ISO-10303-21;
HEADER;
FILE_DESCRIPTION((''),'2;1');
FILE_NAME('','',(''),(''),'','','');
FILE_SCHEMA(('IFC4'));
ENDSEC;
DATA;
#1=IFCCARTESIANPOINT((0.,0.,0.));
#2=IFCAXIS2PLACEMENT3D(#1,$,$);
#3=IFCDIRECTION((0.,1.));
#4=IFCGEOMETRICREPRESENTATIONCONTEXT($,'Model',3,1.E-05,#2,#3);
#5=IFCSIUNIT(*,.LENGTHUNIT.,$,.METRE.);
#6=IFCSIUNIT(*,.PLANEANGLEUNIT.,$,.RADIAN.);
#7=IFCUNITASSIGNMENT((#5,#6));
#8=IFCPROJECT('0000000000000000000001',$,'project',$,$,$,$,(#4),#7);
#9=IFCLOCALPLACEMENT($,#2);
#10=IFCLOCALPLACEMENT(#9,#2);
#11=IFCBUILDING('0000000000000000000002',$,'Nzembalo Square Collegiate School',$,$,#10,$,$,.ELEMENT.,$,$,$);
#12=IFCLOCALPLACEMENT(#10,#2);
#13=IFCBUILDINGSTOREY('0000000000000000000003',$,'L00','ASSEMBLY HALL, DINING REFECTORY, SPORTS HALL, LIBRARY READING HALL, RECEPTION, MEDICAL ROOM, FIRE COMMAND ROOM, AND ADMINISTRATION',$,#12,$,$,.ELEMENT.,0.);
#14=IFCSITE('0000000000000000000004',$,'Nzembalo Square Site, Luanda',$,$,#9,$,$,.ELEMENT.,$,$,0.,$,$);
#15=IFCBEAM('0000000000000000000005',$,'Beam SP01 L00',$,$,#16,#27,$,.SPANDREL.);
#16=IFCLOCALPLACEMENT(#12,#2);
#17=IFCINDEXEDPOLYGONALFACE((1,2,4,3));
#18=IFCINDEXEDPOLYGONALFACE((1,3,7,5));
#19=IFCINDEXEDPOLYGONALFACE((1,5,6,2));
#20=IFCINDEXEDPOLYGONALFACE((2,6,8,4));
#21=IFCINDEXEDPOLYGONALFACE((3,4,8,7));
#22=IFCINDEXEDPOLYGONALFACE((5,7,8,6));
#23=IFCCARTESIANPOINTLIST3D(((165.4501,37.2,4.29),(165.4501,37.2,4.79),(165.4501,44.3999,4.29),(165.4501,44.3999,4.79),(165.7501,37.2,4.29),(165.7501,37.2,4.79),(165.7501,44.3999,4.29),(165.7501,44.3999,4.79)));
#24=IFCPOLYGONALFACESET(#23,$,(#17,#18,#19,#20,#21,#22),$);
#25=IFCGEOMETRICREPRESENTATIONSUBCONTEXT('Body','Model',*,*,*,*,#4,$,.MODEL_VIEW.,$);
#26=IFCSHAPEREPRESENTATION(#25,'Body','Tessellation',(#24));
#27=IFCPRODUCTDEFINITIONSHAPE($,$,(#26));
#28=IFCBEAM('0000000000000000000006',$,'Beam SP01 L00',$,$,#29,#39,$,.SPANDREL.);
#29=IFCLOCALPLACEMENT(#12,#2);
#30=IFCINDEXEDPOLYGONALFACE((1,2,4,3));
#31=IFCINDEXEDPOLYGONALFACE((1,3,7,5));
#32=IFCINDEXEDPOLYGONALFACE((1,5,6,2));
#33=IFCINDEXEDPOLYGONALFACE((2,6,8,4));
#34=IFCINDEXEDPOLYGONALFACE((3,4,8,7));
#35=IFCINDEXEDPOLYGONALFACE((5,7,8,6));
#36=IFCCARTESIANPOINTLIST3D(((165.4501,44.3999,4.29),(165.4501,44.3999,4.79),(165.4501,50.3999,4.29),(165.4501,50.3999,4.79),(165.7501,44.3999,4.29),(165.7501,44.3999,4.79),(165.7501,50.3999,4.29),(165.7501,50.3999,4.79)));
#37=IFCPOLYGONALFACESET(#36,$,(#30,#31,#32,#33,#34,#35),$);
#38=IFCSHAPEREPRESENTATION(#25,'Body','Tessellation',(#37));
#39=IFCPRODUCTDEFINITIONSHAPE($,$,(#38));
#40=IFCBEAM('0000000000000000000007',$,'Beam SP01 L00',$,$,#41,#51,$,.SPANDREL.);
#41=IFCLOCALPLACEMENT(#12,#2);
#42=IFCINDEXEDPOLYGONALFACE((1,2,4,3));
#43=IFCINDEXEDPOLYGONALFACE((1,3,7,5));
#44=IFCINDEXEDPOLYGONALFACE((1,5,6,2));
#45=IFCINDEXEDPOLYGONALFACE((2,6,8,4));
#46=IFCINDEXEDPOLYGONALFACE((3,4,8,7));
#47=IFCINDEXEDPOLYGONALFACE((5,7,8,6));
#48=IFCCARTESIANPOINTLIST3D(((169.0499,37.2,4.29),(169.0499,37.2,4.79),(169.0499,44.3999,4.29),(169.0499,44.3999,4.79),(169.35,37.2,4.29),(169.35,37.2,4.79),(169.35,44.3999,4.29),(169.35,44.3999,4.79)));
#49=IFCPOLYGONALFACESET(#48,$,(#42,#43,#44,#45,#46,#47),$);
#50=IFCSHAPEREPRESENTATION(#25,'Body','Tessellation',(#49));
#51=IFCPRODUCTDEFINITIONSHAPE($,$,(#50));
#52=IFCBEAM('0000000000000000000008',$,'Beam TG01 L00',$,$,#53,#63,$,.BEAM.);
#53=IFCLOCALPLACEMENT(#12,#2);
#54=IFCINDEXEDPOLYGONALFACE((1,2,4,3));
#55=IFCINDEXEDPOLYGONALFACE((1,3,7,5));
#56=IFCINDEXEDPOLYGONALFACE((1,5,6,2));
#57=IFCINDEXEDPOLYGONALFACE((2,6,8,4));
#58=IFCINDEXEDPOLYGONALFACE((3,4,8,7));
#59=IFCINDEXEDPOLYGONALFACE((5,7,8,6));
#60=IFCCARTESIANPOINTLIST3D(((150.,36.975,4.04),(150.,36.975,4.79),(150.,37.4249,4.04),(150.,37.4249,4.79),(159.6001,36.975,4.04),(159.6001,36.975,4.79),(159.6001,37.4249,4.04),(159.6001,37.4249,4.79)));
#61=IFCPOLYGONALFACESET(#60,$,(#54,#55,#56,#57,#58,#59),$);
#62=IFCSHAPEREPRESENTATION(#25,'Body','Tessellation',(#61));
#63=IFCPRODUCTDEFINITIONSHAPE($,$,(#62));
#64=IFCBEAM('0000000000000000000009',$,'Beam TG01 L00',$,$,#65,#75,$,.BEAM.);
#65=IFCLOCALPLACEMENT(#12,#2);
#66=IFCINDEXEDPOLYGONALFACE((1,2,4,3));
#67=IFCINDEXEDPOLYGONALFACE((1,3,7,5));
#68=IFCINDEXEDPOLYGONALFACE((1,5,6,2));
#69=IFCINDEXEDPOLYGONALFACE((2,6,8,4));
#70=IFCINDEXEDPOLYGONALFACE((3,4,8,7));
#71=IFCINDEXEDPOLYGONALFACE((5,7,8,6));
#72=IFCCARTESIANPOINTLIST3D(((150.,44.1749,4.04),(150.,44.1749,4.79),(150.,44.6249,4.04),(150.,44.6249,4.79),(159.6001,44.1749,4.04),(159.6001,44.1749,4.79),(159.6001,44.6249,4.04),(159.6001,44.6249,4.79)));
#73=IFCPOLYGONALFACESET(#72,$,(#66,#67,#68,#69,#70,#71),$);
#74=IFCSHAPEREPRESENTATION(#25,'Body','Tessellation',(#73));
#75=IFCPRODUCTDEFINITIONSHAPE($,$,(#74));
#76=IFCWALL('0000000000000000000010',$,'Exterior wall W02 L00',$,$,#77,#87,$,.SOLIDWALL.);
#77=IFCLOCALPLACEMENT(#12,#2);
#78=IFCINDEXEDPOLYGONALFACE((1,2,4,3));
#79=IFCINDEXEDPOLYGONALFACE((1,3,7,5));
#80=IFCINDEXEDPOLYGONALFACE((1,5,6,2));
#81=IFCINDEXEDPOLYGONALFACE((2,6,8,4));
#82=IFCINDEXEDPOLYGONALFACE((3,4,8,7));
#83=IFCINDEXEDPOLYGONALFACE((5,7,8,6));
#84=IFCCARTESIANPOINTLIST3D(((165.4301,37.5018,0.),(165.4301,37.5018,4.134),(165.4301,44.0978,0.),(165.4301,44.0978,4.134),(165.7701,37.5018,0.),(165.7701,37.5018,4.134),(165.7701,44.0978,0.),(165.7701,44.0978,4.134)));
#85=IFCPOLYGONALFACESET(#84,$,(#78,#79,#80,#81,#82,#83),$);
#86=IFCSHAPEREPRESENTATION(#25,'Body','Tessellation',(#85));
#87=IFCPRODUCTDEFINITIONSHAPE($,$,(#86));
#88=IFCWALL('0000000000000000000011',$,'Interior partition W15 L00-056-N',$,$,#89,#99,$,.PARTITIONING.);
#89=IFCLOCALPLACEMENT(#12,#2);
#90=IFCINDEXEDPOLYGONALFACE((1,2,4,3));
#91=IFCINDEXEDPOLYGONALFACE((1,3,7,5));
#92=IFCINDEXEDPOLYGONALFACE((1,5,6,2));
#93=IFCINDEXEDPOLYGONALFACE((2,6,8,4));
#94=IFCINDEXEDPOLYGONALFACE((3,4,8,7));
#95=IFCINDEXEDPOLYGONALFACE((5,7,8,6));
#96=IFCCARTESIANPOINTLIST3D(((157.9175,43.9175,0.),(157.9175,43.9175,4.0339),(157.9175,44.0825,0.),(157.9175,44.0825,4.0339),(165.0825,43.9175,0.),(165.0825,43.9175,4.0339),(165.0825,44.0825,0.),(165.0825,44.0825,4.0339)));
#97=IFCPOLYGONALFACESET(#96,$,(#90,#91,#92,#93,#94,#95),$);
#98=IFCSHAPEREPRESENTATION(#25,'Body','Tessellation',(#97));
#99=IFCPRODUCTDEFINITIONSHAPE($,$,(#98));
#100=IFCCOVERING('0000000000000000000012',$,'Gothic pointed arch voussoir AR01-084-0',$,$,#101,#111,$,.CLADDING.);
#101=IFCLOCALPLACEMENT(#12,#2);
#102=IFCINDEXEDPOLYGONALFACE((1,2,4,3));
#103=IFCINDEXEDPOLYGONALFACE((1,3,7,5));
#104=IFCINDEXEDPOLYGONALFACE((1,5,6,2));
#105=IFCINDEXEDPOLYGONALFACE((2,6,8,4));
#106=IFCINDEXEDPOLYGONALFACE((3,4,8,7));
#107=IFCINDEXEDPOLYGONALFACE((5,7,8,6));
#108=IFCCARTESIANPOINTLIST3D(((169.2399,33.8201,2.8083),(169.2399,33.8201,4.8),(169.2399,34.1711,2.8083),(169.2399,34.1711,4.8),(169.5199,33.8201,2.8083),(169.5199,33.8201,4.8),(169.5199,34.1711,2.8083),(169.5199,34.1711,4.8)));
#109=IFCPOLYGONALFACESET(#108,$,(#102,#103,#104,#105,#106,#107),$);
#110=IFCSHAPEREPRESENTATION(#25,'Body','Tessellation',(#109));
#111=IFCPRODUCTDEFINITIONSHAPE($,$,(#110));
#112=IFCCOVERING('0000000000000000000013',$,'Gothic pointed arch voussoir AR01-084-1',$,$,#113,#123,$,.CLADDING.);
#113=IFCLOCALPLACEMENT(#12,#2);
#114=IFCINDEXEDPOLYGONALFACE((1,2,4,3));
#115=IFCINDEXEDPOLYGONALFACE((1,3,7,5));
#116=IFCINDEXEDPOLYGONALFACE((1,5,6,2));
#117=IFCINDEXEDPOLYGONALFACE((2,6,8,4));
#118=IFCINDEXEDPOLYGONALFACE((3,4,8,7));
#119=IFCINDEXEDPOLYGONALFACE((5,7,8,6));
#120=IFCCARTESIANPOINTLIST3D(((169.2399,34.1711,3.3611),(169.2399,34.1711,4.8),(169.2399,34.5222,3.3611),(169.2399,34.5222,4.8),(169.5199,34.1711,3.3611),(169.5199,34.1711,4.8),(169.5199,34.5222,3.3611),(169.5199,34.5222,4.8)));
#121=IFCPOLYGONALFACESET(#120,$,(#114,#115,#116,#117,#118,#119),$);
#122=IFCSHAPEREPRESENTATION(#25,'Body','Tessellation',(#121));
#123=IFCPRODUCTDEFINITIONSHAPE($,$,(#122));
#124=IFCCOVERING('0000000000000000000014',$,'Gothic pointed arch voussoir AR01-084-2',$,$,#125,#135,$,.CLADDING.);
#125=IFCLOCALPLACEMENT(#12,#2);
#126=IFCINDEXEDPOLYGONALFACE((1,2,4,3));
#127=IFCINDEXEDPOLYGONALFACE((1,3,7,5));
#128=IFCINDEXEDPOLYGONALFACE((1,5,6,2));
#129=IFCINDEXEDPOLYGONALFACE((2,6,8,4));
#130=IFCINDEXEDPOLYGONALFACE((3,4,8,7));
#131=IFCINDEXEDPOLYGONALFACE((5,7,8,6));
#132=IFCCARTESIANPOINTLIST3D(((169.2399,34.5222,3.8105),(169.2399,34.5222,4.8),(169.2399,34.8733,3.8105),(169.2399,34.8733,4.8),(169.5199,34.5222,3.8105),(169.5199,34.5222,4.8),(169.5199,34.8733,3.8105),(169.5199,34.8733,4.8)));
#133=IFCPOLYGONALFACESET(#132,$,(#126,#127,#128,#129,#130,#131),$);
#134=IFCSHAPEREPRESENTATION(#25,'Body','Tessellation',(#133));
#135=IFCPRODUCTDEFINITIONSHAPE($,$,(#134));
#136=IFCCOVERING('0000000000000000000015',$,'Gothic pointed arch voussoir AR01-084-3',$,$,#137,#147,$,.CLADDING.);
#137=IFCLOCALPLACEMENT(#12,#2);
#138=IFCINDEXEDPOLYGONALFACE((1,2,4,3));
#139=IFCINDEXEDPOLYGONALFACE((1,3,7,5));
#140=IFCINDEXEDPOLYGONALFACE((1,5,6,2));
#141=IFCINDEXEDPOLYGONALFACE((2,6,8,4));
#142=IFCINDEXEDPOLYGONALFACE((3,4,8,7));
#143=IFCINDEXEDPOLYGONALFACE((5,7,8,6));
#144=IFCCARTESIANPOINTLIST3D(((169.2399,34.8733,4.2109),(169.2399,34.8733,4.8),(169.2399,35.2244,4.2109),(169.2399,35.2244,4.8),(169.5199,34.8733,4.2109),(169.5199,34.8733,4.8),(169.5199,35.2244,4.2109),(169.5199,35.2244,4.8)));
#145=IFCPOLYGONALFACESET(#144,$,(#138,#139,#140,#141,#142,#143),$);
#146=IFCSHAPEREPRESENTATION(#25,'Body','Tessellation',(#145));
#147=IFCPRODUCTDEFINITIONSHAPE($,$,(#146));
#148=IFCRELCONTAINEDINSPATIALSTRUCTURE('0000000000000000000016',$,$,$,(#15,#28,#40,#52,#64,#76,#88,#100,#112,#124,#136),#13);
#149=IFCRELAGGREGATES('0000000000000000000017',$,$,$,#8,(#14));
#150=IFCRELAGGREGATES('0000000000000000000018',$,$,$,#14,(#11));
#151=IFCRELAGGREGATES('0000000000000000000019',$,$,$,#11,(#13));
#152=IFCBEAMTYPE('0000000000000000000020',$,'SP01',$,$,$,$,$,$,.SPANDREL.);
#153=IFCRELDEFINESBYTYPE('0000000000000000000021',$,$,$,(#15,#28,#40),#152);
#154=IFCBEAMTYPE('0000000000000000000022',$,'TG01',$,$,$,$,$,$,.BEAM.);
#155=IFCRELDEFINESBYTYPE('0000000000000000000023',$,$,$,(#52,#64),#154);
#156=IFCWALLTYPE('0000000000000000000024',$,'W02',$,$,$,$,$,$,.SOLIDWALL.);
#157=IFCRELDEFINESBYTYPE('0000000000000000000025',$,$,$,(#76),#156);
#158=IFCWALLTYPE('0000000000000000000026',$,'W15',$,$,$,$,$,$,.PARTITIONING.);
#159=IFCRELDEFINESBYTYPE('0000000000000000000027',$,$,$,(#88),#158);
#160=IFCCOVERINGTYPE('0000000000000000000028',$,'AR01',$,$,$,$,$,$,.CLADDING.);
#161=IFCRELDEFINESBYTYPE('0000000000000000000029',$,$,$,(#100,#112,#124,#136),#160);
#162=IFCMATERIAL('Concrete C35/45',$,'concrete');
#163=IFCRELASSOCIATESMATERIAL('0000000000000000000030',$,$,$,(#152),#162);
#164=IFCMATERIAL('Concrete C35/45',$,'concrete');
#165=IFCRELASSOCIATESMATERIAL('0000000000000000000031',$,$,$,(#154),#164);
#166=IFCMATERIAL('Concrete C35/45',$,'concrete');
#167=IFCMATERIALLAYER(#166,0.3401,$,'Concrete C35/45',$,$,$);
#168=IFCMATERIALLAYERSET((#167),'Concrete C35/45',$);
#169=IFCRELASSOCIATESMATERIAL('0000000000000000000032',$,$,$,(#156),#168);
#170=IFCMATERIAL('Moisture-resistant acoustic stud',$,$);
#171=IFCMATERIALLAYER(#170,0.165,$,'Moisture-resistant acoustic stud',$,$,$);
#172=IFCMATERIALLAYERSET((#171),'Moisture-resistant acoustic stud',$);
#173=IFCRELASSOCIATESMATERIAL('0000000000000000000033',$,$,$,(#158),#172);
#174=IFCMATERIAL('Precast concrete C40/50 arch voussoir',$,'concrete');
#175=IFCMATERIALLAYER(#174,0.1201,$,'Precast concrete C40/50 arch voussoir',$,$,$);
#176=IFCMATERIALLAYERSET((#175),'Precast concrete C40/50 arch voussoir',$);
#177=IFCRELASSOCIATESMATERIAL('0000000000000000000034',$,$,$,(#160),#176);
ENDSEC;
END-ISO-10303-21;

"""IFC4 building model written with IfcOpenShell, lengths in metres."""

from ifc_helpers import new_model, si_unit, direction, frame, frame_2d, origin, origin_2d, place, context, subcontext, project, spatial, rectangle, extrude, material, layer, layer_set, material_profile, profile_set, type_object, element, save


model = new_model("IFC4")

# Units and contexts
model_context = context("Model", 3, precision=1e-05, world=origin(), true_north=direction((0.0, 1.0)))
body_context = subcontext(model_context, "Body", "Model", "MODEL_VIEW")
ifc_project = project(units=[si_unit("LENGTHUNIT", "METRE"), si_unit("PLANEANGLEUNIT", "RADIAN")], contexts=[model_context])

# Site, building, storey
site_placement = place(None, origin())
site = spatial("IfcSite", under=ifc_project, at=site_placement, Name="Nzembalo Square Site, Luanda", CompositionType="ELEMENT", RefElevation=0.0)
building_placement = place(site_placement, origin())
building = spatial("IfcBuilding", under=site, at=building_placement, Name="Nzembalo Square Collegiate School", CompositionType="ELEMENT")
storey_placement = place(building_placement, origin())
storey = spatial("IfcBuildingStorey", under=building, at=storey_placement, Name="L00", Description="ASSEMBLY HALL, DINING REFECTORY, SPORTS HALL, LIBRARY READING HALL, RECEPTION, MEDICAL ROOM, FIRE COMMAND ROOM, AND ADMINISTRATION", CompositionType="ELEMENT", Elevation=0.0)

# Beams
ifc_material_1 = material(Name="Concrete C35/45", Category="concrete")
ifc_material_profile_1 = material_profile(ifc_material_1, rectangle(XDim=0.3, YDim=0.5, at=origin_2d()), Name="RC 300x500")
ifc_profile_set_1 = profile_set([ifc_material_profile_1], Name="Concrete C35/45")
beam_type_1 = type_object("IfcBeamType", Name="SP01", PredefinedType="SPANDREL", material=ifc_profile_set_1)
beam_1_placement = place(storey_placement, frame((165.6001, 37.2, 4.54), z_axis=(0.0, 1.0, 0.0), x_axis=(-1.0, 0.0, 0.0)))
element("IfcBeam", 1, at=beam_1_placement, inside=storey, type_object=beam_type_1, Name="Beam SP01 L00", PredefinedType="SPANDREL", context=body_context, shape_type="SweptSolid", body=[
    extrude(rectangle(XDim=0.3, YDim=0.5, at=origin_2d()), origin(), (0.0, 0.0, 1.0), 7.2),
])
beam_2_placement = place(storey_placement, frame((165.6001, 44.3999, 4.54), z_axis=(0.0, 1.0, 0.0), x_axis=(-1.0, 0.0, 0.0)))
element("IfcBeam", 2, at=beam_2_placement, inside=storey, type_object=beam_type_1, Name="Beam SP01 L00", PredefinedType="SPANDREL", context=body_context, shape_type="SweptSolid", body=[
    extrude(rectangle(XDim=0.3, YDim=0.5, at=origin_2d()), origin(), (0.0, 0.0, 1.0), 6.0),
])
beam_3_placement = place(storey_placement, frame((169.2, 37.2, 4.54), z_axis=(0.0, 1.0, 0.0), x_axis=(-1.0, 0.0, 0.0)))
element("IfcBeam", 3, at=beam_3_placement, inside=storey, type_object=beam_type_1, Name="Beam SP01 L00", PredefinedType="SPANDREL", context=body_context, shape_type="SweptSolid", body=[
    extrude(rectangle(XDim=0.3, YDim=0.5, at=origin_2d()), origin(), (0.0, 0.0, 1.0), 7.2),
])
ifc_material_2 = material(Name="Concrete C35/45", Category="concrete")
ifc_material_profile_2 = material_profile(ifc_material_2, rectangle(XDim=0.45, YDim=0.75, at=origin_2d()), Name="RC 450x750")
ifc_profile_set_2 = profile_set([ifc_material_profile_2], Name="Concrete C35/45")
beam_type_2 = type_object("IfcBeamType", Name="TG01", PredefinedType="BEAM", material=ifc_profile_set_2)
for number, where, z_axis, x_axis, name in (
    (4, (150.0, 37.2, 4.415), (1.0, 0.0, 0.0), (0.0, 1.0, 0.0), "Beam TG01 L00"),
    (5, (150.0, 44.3999, 4.415), (1.0, 0.0, 0.0), (0.0, 1.0, 0.0), "Beam TG01 L00"),
):
    element("IfcBeam", number, at=place(storey_placement, frame(where, z_axis=z_axis, x_axis=x_axis)), inside=storey, type_object=beam_type_2, Name=name, PredefinedType="BEAM", context=body_context, shape_type="SweptSolid", body=[
        extrude(rectangle(XDim=0.45, YDim=0.75, at=origin_2d()), origin(), (0.0, 0.0, 1.0), 9.6001),
    ])

# Walls
ifc_material_3 = material(Name="Concrete C35/45", Category="concrete")
ifc_layer_1 = layer(ifc_material_3, 0.3401, Name="Concrete C35/45")
ifc_layer_set_1 = layer_set([ifc_layer_1], Name="Concrete C35/45")
wall_type_1 = type_object("IfcWallType", Name="W02", PredefinedType="SOLIDWALL", material=ifc_layer_set_1)
wall_1_placement = place(storey_placement, frame((165.6001, 37.502, 0.0), z_axis=(0.0, 0.0, 1.0), x_axis=(0.0, 1.0, 0.0)))
element("IfcWall", 6, at=wall_1_placement, inside=storey, type_object=wall_type_1, Name="Exterior wall W02 L00", PredefinedType="SOLIDWALL", context=body_context, shape_type="SweptSolid", body=[
    extrude(rectangle(XDim=6.5959, YDim=0.3401, at=frame_2d((3.2979, 0.0))), origin(), (0.0, 0.0, 1.0), 4.134),
])
ifc_material_4 = material(Name="Moisture-resistant acoustic stud")
ifc_layer_2 = layer(ifc_material_4, 0.165, Name="Moisture-resistant acoustic stud")
ifc_layer_set_2 = layer_set([ifc_layer_2], Name="Moisture-resistant acoustic stud")
wall_type_2 = type_object("IfcWallType", Name="W15", PredefinedType="PARTITIONING", material=ifc_layer_set_2)
wall_2_placement = place(storey_placement, frame((157.9175, 44.0, 0.0), z_axis=(0.0, 0.0, 1.0), x_axis=(1.0, 0.0, 0.0)))
element("IfcWall", 7, at=wall_2_placement, inside=storey, type_object=wall_type_2, Name="Interior partition W15 L00-056-N", PredefinedType="PARTITIONING", context=body_context, shape_type="SweptSolid", body=[
    extrude(rectangle(XDim=7.165, YDim=0.165, at=frame_2d((3.5825, 0.0))), origin(), (0.0, 0.0, 1.0), 4.0339),
])

# Coverings
ifc_material_5 = material(Name="Precast concrete C40/50 arch voussoir", Category="concrete")
ifc_layer_3 = layer(ifc_material_5, 0.1201, Name="Precast concrete C40/50 arch voussoir")
ifc_layer_set_3 = layer_set([ifc_layer_3], Name="Precast concrete C40/50 arch voussoir")
covering_type = type_object("IfcCoveringType", Name="AR01", PredefinedType="CLADDING", material=ifc_layer_set_3)
covering_1_placement = place(storey_placement, frame((169.3799, 33.9956, 2.8083), z_axis=(0.0, 0.0, 1.0), x_axis=(1.0, 0.0, 0.0)))
element("IfcCovering", 8, at=covering_1_placement, inside=storey, type_object=covering_type, Name="Gothic pointed arch voussoir AR01-084-0", PredefinedType="CLADDING", context=body_context, shape_type="SweptSolid", body=[
    extrude(rectangle(XDim=0.28, YDim=0.3511, at=origin_2d()), origin(), (0.0, 0.0, 1.0), 1.9917),
])
covering_2_placement = place(storey_placement, frame((169.3799, 34.3467, 3.3611), z_axis=(0.0, 0.0, 1.0), x_axis=(1.0, 0.0, 0.0)))
element("IfcCovering", 9, at=covering_2_placement, inside=storey, type_object=covering_type, Name="Gothic pointed arch voussoir AR01-084-1", PredefinedType="CLADDING", context=body_context, shape_type="SweptSolid", body=[
    extrude(rectangle(XDim=0.28, YDim=0.3511, at=origin_2d()), origin(), (0.0, 0.0, 1.0), 1.439),
])
covering_3_placement = place(storey_placement, frame((169.3799, 34.6978, 3.8105), z_axis=(0.0, 0.0, 1.0), x_axis=(1.0, 0.0, 0.0)))
element("IfcCovering", 10, at=covering_3_placement, inside=storey, type_object=covering_type, Name="Gothic pointed arch voussoir AR01-084-2", PredefinedType="CLADDING", context=body_context, shape_type="SweptSolid", body=[
    extrude(rectangle(XDim=0.28, YDim=0.3511, at=origin_2d()), origin(), (0.0, 0.0, 1.0), 0.9895),
])
covering_4_placement = place(storey_placement, frame((169.3799, 35.0488, 4.2109), z_axis=(0.0, 0.0, 1.0), x_axis=(1.0, 0.0, 0.0)))
element("IfcCovering", 11, at=covering_4_placement, inside=storey, type_object=covering_type, Name="Gothic pointed arch voussoir AR01-084-3", PredefinedType="CLADDING", context=body_context, shape_type="SweptSolid", body=[
    extrude(rectangle(XDim=0.28, YDim=0.3511, at=origin_2d()), origin(), (0.0, 0.0, 1.0), 0.5891),
])

save(model, "model.ifc")
